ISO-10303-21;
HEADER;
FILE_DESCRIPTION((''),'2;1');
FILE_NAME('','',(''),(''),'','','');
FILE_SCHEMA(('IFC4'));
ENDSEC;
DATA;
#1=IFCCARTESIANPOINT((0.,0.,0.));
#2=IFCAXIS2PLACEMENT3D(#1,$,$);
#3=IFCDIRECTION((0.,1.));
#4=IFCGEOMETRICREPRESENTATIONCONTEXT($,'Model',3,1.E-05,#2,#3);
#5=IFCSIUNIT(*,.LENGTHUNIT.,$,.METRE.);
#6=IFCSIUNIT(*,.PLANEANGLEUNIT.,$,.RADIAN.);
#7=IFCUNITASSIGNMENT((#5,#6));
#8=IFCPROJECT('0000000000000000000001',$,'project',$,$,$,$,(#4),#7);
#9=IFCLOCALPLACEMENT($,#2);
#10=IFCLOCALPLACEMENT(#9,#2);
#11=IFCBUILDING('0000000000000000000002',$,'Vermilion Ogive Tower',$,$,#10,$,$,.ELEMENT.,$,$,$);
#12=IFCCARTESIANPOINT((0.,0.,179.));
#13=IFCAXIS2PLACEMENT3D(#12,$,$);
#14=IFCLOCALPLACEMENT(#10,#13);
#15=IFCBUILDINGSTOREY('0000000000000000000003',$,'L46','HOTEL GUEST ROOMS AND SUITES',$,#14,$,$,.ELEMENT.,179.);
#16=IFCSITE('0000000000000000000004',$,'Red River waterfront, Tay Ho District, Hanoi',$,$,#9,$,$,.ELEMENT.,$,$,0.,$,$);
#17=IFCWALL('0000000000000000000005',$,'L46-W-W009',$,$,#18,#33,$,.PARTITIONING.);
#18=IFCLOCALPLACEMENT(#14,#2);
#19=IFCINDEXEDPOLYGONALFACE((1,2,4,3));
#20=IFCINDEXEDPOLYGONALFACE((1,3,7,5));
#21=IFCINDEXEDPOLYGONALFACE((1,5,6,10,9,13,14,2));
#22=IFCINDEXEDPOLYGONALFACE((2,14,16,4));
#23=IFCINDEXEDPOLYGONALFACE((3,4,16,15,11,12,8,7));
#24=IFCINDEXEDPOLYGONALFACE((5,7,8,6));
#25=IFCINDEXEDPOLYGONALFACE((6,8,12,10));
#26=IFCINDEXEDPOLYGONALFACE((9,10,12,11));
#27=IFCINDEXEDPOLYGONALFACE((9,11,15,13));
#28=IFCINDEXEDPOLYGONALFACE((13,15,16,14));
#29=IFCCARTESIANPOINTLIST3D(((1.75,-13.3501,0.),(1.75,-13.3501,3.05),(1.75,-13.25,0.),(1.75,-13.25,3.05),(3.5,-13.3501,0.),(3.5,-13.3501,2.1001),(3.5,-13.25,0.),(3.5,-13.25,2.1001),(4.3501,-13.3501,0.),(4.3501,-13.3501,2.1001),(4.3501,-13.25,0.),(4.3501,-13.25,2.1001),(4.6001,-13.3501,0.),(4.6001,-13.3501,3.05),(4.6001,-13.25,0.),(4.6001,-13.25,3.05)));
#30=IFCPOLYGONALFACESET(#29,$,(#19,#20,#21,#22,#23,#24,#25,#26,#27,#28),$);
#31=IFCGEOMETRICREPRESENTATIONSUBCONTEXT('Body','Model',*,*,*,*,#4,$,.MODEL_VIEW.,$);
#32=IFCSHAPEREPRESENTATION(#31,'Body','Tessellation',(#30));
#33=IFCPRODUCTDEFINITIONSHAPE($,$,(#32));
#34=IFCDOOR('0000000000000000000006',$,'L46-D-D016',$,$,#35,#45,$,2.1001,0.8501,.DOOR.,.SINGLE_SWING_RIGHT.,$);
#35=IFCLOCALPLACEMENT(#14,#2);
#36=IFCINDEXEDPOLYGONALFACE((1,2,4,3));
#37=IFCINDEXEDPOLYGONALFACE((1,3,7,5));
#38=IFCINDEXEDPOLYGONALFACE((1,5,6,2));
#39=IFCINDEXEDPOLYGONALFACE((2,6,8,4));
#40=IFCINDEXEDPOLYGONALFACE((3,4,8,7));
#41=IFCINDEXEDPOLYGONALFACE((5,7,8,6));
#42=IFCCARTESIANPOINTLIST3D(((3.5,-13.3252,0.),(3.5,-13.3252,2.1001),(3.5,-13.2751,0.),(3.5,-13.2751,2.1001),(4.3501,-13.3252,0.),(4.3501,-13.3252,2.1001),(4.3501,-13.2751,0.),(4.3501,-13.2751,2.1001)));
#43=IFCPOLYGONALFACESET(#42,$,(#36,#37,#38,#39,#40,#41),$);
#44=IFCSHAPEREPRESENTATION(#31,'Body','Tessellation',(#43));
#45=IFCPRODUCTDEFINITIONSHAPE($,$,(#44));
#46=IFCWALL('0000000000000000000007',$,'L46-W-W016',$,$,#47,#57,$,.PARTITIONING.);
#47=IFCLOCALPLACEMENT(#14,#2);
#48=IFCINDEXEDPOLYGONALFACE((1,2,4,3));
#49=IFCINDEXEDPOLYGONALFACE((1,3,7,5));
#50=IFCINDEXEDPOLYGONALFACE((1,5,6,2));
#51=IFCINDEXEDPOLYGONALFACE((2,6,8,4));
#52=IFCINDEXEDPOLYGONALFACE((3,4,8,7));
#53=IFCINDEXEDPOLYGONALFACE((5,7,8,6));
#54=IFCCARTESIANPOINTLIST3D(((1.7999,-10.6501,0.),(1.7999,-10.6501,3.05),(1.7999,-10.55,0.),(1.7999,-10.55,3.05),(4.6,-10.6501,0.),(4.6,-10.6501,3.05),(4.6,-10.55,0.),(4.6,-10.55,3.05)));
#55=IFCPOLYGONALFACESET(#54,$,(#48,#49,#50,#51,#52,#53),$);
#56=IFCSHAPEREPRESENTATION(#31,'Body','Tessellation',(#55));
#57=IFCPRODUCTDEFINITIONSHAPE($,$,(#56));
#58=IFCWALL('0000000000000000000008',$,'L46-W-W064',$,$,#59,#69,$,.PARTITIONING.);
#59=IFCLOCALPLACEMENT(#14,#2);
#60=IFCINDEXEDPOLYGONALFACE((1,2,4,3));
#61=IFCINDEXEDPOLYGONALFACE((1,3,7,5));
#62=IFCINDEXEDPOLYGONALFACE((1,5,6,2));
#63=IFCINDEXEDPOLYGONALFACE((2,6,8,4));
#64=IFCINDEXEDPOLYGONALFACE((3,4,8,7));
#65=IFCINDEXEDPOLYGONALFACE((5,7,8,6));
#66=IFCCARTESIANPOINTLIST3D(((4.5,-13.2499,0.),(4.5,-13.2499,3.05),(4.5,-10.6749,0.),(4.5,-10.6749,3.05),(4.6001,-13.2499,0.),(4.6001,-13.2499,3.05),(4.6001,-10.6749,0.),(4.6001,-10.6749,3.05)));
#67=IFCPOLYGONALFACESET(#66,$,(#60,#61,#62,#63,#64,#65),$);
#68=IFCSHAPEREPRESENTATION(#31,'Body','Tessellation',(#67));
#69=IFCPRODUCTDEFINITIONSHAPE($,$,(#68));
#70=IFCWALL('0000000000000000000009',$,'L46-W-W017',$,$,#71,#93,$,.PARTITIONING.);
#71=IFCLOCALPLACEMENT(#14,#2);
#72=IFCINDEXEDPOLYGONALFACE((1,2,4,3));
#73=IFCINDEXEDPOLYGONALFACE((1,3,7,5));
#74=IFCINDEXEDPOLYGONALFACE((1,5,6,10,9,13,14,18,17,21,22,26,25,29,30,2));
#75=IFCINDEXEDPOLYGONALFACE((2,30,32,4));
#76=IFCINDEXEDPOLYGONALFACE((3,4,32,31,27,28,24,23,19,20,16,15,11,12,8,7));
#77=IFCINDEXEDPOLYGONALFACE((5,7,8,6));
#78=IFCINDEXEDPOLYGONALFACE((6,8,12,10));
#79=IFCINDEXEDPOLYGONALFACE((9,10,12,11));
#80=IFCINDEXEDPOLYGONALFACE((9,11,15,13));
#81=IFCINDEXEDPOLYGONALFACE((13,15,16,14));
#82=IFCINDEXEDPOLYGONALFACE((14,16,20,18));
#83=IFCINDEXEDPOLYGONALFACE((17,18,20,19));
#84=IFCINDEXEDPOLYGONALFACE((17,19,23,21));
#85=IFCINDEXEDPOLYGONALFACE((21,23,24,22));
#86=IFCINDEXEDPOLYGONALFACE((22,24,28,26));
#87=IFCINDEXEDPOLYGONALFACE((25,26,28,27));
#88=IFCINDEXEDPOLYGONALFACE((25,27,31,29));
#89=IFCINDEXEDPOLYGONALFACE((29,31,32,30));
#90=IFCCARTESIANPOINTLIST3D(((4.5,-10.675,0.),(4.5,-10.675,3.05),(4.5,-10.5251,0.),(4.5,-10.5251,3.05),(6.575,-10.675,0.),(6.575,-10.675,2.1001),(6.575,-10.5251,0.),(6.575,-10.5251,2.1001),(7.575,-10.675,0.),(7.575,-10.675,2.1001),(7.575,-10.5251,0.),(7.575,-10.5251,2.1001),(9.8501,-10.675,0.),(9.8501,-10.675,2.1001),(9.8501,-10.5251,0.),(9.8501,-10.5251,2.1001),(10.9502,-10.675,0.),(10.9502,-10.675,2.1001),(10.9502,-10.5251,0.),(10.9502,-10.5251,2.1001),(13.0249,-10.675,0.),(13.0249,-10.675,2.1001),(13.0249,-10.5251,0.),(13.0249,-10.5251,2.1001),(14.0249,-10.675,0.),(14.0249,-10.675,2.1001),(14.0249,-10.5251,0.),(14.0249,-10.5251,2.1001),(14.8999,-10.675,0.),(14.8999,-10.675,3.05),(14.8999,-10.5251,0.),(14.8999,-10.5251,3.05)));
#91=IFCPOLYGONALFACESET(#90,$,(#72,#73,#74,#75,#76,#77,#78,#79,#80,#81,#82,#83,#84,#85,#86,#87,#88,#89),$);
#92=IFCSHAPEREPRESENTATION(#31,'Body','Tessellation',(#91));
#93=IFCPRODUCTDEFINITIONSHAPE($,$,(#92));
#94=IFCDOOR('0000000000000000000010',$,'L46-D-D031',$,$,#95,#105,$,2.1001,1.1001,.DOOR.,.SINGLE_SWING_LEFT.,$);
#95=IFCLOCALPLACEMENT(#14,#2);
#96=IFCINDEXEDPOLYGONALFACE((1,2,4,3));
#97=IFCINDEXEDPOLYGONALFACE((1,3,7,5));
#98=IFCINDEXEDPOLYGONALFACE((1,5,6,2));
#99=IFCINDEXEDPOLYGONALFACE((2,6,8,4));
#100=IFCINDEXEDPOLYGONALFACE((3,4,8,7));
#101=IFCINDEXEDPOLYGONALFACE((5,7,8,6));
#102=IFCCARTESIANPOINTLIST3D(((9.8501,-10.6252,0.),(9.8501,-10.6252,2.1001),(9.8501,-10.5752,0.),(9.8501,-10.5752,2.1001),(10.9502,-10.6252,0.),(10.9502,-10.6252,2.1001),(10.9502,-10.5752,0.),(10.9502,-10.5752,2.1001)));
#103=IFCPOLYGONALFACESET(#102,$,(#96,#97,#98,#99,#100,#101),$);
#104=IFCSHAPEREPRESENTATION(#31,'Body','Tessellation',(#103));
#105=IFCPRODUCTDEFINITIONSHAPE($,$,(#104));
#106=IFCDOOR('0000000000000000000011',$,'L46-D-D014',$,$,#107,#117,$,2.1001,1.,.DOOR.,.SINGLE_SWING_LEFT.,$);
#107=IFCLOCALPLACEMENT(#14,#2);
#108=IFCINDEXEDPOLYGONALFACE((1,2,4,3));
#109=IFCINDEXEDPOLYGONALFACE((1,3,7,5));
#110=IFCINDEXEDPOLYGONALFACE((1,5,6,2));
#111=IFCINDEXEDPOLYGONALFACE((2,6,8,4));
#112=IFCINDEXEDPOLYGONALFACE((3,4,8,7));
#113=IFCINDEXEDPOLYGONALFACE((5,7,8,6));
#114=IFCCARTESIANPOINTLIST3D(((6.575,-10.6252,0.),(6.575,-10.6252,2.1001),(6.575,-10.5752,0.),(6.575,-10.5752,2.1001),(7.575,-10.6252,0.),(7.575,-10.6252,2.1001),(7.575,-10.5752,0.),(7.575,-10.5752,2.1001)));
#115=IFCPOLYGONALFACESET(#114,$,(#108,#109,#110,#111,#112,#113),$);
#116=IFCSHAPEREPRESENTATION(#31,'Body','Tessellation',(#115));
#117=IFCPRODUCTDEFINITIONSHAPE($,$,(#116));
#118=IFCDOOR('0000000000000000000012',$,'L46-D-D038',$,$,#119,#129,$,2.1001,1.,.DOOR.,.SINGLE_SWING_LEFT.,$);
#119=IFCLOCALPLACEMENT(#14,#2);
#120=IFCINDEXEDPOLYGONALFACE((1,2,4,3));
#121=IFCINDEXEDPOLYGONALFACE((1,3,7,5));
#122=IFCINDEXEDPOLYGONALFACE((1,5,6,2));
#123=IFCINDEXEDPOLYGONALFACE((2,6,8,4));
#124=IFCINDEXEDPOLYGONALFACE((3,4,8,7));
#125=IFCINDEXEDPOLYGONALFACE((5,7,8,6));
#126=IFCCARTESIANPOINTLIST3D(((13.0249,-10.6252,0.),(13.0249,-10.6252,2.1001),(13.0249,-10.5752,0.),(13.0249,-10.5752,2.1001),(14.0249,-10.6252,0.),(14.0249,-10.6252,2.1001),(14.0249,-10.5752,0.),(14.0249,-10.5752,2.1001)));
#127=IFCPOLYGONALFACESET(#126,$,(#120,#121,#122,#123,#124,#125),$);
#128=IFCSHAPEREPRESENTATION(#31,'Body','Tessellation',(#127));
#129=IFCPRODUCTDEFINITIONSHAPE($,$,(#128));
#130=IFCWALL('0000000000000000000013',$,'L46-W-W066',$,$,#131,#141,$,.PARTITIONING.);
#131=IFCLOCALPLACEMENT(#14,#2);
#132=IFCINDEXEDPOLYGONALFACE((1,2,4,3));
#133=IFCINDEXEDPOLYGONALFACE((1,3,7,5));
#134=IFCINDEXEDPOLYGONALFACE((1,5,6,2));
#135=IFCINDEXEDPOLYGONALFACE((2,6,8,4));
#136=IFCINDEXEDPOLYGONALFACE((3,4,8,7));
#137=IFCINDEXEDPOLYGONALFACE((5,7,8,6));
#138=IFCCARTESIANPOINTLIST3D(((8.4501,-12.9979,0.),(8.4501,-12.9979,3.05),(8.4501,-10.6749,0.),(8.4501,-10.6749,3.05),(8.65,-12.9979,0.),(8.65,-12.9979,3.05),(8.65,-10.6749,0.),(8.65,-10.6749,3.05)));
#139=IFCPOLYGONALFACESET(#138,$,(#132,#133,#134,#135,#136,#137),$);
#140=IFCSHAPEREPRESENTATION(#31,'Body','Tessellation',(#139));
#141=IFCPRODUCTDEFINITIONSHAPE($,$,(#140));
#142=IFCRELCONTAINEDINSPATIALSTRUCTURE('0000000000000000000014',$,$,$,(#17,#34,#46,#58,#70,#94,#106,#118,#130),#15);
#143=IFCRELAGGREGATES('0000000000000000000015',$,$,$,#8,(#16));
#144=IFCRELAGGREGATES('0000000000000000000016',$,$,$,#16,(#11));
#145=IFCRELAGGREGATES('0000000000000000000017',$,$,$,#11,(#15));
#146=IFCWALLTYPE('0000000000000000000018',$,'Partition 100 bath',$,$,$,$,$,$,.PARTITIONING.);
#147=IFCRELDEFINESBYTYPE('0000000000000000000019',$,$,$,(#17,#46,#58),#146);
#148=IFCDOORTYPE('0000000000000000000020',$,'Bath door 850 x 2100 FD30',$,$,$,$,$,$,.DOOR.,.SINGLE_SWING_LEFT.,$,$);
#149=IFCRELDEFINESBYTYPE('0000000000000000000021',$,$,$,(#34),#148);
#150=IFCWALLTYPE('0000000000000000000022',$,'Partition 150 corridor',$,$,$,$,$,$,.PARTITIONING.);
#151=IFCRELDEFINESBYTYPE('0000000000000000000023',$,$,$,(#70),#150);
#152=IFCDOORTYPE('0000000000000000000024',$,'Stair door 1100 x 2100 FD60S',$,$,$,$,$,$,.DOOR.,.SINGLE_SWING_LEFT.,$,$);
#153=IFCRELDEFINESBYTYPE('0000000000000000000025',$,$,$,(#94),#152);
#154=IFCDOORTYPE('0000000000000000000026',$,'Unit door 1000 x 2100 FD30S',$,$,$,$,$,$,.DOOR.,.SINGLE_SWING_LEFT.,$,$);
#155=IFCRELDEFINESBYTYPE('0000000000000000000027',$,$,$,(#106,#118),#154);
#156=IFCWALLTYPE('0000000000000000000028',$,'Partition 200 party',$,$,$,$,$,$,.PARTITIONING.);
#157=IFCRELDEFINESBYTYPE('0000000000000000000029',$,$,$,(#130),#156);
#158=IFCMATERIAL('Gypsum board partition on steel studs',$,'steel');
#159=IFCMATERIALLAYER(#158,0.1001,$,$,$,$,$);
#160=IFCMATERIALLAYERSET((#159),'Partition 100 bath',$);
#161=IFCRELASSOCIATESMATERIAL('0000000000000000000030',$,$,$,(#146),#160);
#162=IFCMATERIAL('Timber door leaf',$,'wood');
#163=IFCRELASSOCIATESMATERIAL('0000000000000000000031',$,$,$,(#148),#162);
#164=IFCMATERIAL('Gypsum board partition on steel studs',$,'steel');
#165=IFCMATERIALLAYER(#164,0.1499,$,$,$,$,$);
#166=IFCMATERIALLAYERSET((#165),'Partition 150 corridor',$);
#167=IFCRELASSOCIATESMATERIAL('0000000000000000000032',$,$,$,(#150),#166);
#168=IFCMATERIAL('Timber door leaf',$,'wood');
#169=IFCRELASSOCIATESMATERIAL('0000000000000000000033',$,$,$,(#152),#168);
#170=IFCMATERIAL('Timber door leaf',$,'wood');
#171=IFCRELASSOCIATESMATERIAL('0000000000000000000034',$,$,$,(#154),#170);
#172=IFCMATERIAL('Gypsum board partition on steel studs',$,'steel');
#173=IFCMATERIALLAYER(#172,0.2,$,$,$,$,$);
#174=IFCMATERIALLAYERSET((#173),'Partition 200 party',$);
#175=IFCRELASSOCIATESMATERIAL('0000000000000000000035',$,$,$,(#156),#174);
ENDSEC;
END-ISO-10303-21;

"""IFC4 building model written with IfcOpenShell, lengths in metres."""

from ifc_helpers import new_model, si_unit, direction, frame, frame_2d, origin, place, context, subcontext, project, spatial, rectangle, extrude, material, layer, layer_set, type_object, element, fill, save


model = new_model("IFC4")

# Units and contexts
model_context = context("Model", 3, precision=1e-05, world=origin(), true_north=direction((0.0, 1.0)))
body_context = subcontext(model_context, "Body", "Model", "MODEL_VIEW")
ifc_project = project(units=[si_unit("LENGTHUNIT", "METRE"), si_unit("PLANEANGLEUNIT", "RADIAN")], contexts=[model_context])

# Site, building, storey
site_placement = place(None, origin())
site = spatial("IfcSite", under=ifc_project, at=site_placement, Name="Red River waterfront, Tay Ho District, Hanoi", CompositionType="ELEMENT", RefElevation=0.0)
building_placement = place(site_placement, origin())
building = spatial("IfcBuilding", under=site, at=building_placement, Name="Vermilion Ogive Tower", CompositionType="ELEMENT")
storey_placement = place(building_placement, frame((0.0, 0.0, 179.0)))
storey = spatial("IfcBuildingStorey", under=building, at=storey_placement, Name="L46", Description="HOTEL GUEST ROOMS AND SUITES", CompositionType="ELEMENT", Elevation=179.0)

# Wall, opening, door
ifc_material_1 = material(Name="Gypsum board partition on steel studs", Category="steel")
ifc_layer_1 = layer(ifc_material_1, 0.1001)
ifc_layer_set_1 = layer_set([ifc_layer_1], Name="Partition 100 bath")
wall_type_1 = type_object("IfcWallType", Name="Partition 100 bath", PredefinedType="PARTITIONING", material=ifc_layer_set_1)
wall_1_placement = place(storey_placement, frame((1.75, -13.3, 0.0), z_axis=(0.0, 0.0, 1.0), x_axis=(1.0, 0.0, 0.0)))
wall_1 = element("IfcWall", 1, at=wall_1_placement, inside=storey, type_object=wall_type_1, Name="L46-W-W009", PredefinedType="PARTITIONING", context=body_context, shape_type="SweptSolid", body=[
    extrude(rectangle(XDim=2.8501, YDim=0.1001, at=frame_2d((1.425, 0.0))), origin(), (0.0, 0.0, 1.0), 3.05),
])
opening_1_placement = place(wall_1_placement, frame((1.75, 0.0, 0.0)))
opening_1 = element("IfcOpeningElement", 2, at=opening_1_placement, cuts=wall_1, PredefinedType="OPENING", context=body_context, shape_type="SweptSolid", body=[
    extrude(rectangle(XDim=0.8501, YDim=2.1001, at=frame_2d((0.425, 1.05))), frame((0.0, 0.0601, 0.0), z_axis=(0.0, -1.0, 0.0), x_axis=(1.0, 0.0, 0.0)), (0.0, 0.0, 1.0), 0.1201),
])
ifc_material_2 = material(Name="Timber door leaf", Category="wood")
door_type_1 = type_object("IfcDoorType", Name="Bath door 850 x 2100 FD30", OperationType="SINGLE_SWING_LEFT", PredefinedType="DOOR", material=ifc_material_2)
door_1_placement = place(opening_1_placement, origin())
door_1 = element("IfcDoor", 3, at=door_1_placement, inside=storey, type_object=door_type_1, Name="L46-D-D016", OperationType="SINGLE_SWING_RIGHT", OverallHeight=2.1001, OverallWidth=0.8501, PredefinedType="DOOR", context=body_context, shape_type="SweptSolid", body=[
    extrude(rectangle(XDim=0.8501, YDim=2.1001, at=frame_2d((0.425, 1.05))), frame((0.0, 0.0249, 0.0), z_axis=(0.0, -1.0, 0.0), x_axis=(1.0, 0.0, 0.0)), (0.0, 0.0, 1.0), 0.05),
])
fill(opening_1, door_1)

# Walls
wall_2_placement = place(storey_placement, frame((1.8, -10.6001, 0.0), z_axis=(0.0, 0.0, 1.0), x_axis=(1.0, 0.0, 0.0)))
element("IfcWall", 4, at=wall_2_placement, inside=storey, type_object=wall_type_1, Name="L46-W-W016", PredefinedType="PARTITIONING", context=body_context, shape_type="SweptSolid", body=[
    extrude(rectangle(XDim=2.8, YDim=0.1001, at=frame_2d((1.3999, 0.0))), origin(), (0.0, 0.0, 1.0), 3.05),
])
wall_3_placement = place(storey_placement, frame((4.55, -13.25, 0.0), z_axis=(0.0, 0.0, 1.0), x_axis=(0.0, 1.0, 0.0)))
element("IfcWall", 5, at=wall_3_placement, inside=storey, type_object=wall_type_1, Name="L46-W-W064", PredefinedType="PARTITIONING", context=body_context, shape_type="SweptSolid", body=[
    extrude(rectangle(XDim=2.575, YDim=0.1001, at=frame_2d((1.2876, 0.0))), origin(), (0.0, 0.0, 1.0), 3.05),
])

# Wall, openings, doors
ifc_material_3 = material(Name="Gypsum board partition on steel studs", Category="steel")
ifc_layer_2 = layer(ifc_material_3, 0.1499)
ifc_layer_set_2 = layer_set([ifc_layer_2], Name="Partition 150 corridor")
wall_type_2 = type_object("IfcWallType", Name="Partition 150 corridor", PredefinedType="PARTITIONING", material=ifc_layer_set_2)
wall_4_placement = place(storey_placement, frame((4.5, -10.6001, 0.0), z_axis=(0.0, 0.0, 1.0), x_axis=(1.0, 0.0, 0.0)))
wall_4 = element("IfcWall", 6, at=wall_4_placement, inside=storey, type_object=wall_type_2, Name="L46-W-W017", PredefinedType="PARTITIONING", context=body_context, shape_type="SweptSolid", body=[
    extrude(rectangle(XDim=10.3999, YDim=0.1499, at=frame_2d((5.2, 0.0))), origin(), (0.0, 0.0, 1.0), 3.05),
])
opening_2_placement = place(wall_4_placement, frame((2.075, 0.0, 0.0)))
opening_2 = element("IfcOpeningElement", 7, at=opening_2_placement, cuts=wall_4, PredefinedType="OPENING", context=body_context, shape_type="SweptSolid", body=[
    extrude(rectangle(XDim=1.0, YDim=2.1001, at=frame_2d((0.5, 1.05))), frame((0.0, 0.085, 0.0), z_axis=(0.0, -1.0, 0.0), x_axis=(1.0, 0.0, 0.0)), (0.0, 0.0, 1.0), 0.1699),
])
opening_3_placement = place(wall_4_placement, frame((5.3501, 0.0, 0.0)))
opening_3 = element("IfcOpeningElement", 8, at=opening_3_placement, cuts=wall_4, PredefinedType="OPENING", context=body_context, shape_type="SweptSolid", body=[
    extrude(rectangle(XDim=1.1001, YDim=2.1001, at=frame_2d((0.55, 1.05))), frame((0.0, 0.085, 0.0), z_axis=(0.0, -1.0, 0.0), x_axis=(1.0, 0.0, 0.0)), (0.0, 0.0, 1.0), 0.1699),
])
opening_4_placement = place(wall_4_placement, frame((8.5249, 0.0, 0.0)))
opening_4 = element("IfcOpeningElement", 9, at=opening_4_placement, cuts=wall_4, PredefinedType="OPENING", context=body_context, shape_type="SweptSolid", body=[
    extrude(rectangle(XDim=1.0, YDim=2.1001, at=frame_2d((0.5, 1.05))), frame((0.0, 0.085, 0.0), z_axis=(0.0, -1.0, 0.0), x_axis=(1.0, 0.0, 0.0)), (0.0, 0.0, 1.0), 0.1699),
])
ifc_material_4 = material(Name="Timber door leaf", Category="wood")
door_type_2 = type_object("IfcDoorType", Name="Stair door 1100 x 2100 FD60S", OperationType="SINGLE_SWING_LEFT", PredefinedType="DOOR", material=ifc_material_4)
door_2_placement = place(opening_3_placement, origin())
door_2 = element("IfcDoor", 10, at=door_2_placement, inside=storey, type_object=door_type_2, Name="L46-D-D031", OperationType="SINGLE_SWING_LEFT", OverallHeight=2.1001, OverallWidth=1.1001, PredefinedType="DOOR", context=body_context, shape_type="SweptSolid", body=[
    extrude(rectangle(XDim=1.1001, YDim=2.1001, at=frame_2d((0.55, 1.05))), frame((0.0, 0.0249, 0.0), z_axis=(0.0, -1.0, 0.0), x_axis=(1.0, 0.0, 0.0)), (0.0, 0.0, 1.0), 0.05),
])
fill(opening_3, door_2)
ifc_material_5 = material(Name="Timber door leaf", Category="wood")
door_type_3 = type_object("IfcDoorType", Name="Unit door 1000 x 2100 FD30S", OperationType="SINGLE_SWING_LEFT", PredefinedType="DOOR", material=ifc_material_5)
door_3_placement = place(opening_2_placement, origin())
door_3 = element("IfcDoor", 11, at=door_3_placement, inside=storey, type_object=door_type_3, Name="L46-D-D014", OperationType="SINGLE_SWING_LEFT", OverallHeight=2.1001, OverallWidth=1.0, PredefinedType="DOOR", context=body_context, shape_type="SweptSolid", body=[
    extrude(rectangle(XDim=1.0, YDim=2.1001, at=frame_2d((0.5, 1.05))), frame((0.0, 0.0249, 0.0), z_axis=(0.0, -1.0, 0.0), x_axis=(1.0, 0.0, 0.0)), (0.0, 0.0, 1.0), 0.05),
])
fill(opening_2, door_3)
door_4_placement = place(opening_4_placement, origin())
door_4 = element("IfcDoor", 12, at=door_4_placement, inside=storey, type_object=door_type_3, Name="L46-D-D038", OperationType="SINGLE_SWING_LEFT", OverallHeight=2.1001, OverallWidth=1.0, PredefinedType="DOOR", context=body_context, shape_type="SweptSolid", body=[
    extrude(rectangle(XDim=1.0, YDim=2.1001, at=frame_2d((0.5, 1.05))), frame((0.0, 0.0249, 0.0), z_axis=(0.0, -1.0, 0.0), x_axis=(1.0, 0.0, 0.0)), (0.0, 0.0, 1.0), 0.05),
])
fill(opening_4, door_4)

# Wall
ifc_material_6 = material(Name="Gypsum board partition on steel studs", Category="steel")
ifc_layer_3 = layer(ifc_material_6, 0.2)
ifc_layer_set_3 = layer_set([ifc_layer_3], Name="Partition 200 party")
wall_type_3 = type_object("IfcWallType", Name="Partition 200 party", PredefinedType="PARTITIONING", material=ifc_layer_set_3)
wall_5_placement = place(storey_placement, frame((8.55, -12.998, 0.0), z_axis=(0.0, 0.0, 1.0), x_axis=(0.0, 1.0, 0.0)))
element("IfcWall", 13, at=wall_5_placement, inside=storey, type_object=wall_type_3, Name="L46-W-W066", PredefinedType="PARTITIONING", context=body_context, shape_type="SweptSolid", body=[
    extrude(rectangle(XDim=2.323, YDim=0.2, at=frame_2d((1.1616, 0.0))), origin(), (0.0, 0.0, 1.0), 3.05),
])

save(model, "model.ifc")
